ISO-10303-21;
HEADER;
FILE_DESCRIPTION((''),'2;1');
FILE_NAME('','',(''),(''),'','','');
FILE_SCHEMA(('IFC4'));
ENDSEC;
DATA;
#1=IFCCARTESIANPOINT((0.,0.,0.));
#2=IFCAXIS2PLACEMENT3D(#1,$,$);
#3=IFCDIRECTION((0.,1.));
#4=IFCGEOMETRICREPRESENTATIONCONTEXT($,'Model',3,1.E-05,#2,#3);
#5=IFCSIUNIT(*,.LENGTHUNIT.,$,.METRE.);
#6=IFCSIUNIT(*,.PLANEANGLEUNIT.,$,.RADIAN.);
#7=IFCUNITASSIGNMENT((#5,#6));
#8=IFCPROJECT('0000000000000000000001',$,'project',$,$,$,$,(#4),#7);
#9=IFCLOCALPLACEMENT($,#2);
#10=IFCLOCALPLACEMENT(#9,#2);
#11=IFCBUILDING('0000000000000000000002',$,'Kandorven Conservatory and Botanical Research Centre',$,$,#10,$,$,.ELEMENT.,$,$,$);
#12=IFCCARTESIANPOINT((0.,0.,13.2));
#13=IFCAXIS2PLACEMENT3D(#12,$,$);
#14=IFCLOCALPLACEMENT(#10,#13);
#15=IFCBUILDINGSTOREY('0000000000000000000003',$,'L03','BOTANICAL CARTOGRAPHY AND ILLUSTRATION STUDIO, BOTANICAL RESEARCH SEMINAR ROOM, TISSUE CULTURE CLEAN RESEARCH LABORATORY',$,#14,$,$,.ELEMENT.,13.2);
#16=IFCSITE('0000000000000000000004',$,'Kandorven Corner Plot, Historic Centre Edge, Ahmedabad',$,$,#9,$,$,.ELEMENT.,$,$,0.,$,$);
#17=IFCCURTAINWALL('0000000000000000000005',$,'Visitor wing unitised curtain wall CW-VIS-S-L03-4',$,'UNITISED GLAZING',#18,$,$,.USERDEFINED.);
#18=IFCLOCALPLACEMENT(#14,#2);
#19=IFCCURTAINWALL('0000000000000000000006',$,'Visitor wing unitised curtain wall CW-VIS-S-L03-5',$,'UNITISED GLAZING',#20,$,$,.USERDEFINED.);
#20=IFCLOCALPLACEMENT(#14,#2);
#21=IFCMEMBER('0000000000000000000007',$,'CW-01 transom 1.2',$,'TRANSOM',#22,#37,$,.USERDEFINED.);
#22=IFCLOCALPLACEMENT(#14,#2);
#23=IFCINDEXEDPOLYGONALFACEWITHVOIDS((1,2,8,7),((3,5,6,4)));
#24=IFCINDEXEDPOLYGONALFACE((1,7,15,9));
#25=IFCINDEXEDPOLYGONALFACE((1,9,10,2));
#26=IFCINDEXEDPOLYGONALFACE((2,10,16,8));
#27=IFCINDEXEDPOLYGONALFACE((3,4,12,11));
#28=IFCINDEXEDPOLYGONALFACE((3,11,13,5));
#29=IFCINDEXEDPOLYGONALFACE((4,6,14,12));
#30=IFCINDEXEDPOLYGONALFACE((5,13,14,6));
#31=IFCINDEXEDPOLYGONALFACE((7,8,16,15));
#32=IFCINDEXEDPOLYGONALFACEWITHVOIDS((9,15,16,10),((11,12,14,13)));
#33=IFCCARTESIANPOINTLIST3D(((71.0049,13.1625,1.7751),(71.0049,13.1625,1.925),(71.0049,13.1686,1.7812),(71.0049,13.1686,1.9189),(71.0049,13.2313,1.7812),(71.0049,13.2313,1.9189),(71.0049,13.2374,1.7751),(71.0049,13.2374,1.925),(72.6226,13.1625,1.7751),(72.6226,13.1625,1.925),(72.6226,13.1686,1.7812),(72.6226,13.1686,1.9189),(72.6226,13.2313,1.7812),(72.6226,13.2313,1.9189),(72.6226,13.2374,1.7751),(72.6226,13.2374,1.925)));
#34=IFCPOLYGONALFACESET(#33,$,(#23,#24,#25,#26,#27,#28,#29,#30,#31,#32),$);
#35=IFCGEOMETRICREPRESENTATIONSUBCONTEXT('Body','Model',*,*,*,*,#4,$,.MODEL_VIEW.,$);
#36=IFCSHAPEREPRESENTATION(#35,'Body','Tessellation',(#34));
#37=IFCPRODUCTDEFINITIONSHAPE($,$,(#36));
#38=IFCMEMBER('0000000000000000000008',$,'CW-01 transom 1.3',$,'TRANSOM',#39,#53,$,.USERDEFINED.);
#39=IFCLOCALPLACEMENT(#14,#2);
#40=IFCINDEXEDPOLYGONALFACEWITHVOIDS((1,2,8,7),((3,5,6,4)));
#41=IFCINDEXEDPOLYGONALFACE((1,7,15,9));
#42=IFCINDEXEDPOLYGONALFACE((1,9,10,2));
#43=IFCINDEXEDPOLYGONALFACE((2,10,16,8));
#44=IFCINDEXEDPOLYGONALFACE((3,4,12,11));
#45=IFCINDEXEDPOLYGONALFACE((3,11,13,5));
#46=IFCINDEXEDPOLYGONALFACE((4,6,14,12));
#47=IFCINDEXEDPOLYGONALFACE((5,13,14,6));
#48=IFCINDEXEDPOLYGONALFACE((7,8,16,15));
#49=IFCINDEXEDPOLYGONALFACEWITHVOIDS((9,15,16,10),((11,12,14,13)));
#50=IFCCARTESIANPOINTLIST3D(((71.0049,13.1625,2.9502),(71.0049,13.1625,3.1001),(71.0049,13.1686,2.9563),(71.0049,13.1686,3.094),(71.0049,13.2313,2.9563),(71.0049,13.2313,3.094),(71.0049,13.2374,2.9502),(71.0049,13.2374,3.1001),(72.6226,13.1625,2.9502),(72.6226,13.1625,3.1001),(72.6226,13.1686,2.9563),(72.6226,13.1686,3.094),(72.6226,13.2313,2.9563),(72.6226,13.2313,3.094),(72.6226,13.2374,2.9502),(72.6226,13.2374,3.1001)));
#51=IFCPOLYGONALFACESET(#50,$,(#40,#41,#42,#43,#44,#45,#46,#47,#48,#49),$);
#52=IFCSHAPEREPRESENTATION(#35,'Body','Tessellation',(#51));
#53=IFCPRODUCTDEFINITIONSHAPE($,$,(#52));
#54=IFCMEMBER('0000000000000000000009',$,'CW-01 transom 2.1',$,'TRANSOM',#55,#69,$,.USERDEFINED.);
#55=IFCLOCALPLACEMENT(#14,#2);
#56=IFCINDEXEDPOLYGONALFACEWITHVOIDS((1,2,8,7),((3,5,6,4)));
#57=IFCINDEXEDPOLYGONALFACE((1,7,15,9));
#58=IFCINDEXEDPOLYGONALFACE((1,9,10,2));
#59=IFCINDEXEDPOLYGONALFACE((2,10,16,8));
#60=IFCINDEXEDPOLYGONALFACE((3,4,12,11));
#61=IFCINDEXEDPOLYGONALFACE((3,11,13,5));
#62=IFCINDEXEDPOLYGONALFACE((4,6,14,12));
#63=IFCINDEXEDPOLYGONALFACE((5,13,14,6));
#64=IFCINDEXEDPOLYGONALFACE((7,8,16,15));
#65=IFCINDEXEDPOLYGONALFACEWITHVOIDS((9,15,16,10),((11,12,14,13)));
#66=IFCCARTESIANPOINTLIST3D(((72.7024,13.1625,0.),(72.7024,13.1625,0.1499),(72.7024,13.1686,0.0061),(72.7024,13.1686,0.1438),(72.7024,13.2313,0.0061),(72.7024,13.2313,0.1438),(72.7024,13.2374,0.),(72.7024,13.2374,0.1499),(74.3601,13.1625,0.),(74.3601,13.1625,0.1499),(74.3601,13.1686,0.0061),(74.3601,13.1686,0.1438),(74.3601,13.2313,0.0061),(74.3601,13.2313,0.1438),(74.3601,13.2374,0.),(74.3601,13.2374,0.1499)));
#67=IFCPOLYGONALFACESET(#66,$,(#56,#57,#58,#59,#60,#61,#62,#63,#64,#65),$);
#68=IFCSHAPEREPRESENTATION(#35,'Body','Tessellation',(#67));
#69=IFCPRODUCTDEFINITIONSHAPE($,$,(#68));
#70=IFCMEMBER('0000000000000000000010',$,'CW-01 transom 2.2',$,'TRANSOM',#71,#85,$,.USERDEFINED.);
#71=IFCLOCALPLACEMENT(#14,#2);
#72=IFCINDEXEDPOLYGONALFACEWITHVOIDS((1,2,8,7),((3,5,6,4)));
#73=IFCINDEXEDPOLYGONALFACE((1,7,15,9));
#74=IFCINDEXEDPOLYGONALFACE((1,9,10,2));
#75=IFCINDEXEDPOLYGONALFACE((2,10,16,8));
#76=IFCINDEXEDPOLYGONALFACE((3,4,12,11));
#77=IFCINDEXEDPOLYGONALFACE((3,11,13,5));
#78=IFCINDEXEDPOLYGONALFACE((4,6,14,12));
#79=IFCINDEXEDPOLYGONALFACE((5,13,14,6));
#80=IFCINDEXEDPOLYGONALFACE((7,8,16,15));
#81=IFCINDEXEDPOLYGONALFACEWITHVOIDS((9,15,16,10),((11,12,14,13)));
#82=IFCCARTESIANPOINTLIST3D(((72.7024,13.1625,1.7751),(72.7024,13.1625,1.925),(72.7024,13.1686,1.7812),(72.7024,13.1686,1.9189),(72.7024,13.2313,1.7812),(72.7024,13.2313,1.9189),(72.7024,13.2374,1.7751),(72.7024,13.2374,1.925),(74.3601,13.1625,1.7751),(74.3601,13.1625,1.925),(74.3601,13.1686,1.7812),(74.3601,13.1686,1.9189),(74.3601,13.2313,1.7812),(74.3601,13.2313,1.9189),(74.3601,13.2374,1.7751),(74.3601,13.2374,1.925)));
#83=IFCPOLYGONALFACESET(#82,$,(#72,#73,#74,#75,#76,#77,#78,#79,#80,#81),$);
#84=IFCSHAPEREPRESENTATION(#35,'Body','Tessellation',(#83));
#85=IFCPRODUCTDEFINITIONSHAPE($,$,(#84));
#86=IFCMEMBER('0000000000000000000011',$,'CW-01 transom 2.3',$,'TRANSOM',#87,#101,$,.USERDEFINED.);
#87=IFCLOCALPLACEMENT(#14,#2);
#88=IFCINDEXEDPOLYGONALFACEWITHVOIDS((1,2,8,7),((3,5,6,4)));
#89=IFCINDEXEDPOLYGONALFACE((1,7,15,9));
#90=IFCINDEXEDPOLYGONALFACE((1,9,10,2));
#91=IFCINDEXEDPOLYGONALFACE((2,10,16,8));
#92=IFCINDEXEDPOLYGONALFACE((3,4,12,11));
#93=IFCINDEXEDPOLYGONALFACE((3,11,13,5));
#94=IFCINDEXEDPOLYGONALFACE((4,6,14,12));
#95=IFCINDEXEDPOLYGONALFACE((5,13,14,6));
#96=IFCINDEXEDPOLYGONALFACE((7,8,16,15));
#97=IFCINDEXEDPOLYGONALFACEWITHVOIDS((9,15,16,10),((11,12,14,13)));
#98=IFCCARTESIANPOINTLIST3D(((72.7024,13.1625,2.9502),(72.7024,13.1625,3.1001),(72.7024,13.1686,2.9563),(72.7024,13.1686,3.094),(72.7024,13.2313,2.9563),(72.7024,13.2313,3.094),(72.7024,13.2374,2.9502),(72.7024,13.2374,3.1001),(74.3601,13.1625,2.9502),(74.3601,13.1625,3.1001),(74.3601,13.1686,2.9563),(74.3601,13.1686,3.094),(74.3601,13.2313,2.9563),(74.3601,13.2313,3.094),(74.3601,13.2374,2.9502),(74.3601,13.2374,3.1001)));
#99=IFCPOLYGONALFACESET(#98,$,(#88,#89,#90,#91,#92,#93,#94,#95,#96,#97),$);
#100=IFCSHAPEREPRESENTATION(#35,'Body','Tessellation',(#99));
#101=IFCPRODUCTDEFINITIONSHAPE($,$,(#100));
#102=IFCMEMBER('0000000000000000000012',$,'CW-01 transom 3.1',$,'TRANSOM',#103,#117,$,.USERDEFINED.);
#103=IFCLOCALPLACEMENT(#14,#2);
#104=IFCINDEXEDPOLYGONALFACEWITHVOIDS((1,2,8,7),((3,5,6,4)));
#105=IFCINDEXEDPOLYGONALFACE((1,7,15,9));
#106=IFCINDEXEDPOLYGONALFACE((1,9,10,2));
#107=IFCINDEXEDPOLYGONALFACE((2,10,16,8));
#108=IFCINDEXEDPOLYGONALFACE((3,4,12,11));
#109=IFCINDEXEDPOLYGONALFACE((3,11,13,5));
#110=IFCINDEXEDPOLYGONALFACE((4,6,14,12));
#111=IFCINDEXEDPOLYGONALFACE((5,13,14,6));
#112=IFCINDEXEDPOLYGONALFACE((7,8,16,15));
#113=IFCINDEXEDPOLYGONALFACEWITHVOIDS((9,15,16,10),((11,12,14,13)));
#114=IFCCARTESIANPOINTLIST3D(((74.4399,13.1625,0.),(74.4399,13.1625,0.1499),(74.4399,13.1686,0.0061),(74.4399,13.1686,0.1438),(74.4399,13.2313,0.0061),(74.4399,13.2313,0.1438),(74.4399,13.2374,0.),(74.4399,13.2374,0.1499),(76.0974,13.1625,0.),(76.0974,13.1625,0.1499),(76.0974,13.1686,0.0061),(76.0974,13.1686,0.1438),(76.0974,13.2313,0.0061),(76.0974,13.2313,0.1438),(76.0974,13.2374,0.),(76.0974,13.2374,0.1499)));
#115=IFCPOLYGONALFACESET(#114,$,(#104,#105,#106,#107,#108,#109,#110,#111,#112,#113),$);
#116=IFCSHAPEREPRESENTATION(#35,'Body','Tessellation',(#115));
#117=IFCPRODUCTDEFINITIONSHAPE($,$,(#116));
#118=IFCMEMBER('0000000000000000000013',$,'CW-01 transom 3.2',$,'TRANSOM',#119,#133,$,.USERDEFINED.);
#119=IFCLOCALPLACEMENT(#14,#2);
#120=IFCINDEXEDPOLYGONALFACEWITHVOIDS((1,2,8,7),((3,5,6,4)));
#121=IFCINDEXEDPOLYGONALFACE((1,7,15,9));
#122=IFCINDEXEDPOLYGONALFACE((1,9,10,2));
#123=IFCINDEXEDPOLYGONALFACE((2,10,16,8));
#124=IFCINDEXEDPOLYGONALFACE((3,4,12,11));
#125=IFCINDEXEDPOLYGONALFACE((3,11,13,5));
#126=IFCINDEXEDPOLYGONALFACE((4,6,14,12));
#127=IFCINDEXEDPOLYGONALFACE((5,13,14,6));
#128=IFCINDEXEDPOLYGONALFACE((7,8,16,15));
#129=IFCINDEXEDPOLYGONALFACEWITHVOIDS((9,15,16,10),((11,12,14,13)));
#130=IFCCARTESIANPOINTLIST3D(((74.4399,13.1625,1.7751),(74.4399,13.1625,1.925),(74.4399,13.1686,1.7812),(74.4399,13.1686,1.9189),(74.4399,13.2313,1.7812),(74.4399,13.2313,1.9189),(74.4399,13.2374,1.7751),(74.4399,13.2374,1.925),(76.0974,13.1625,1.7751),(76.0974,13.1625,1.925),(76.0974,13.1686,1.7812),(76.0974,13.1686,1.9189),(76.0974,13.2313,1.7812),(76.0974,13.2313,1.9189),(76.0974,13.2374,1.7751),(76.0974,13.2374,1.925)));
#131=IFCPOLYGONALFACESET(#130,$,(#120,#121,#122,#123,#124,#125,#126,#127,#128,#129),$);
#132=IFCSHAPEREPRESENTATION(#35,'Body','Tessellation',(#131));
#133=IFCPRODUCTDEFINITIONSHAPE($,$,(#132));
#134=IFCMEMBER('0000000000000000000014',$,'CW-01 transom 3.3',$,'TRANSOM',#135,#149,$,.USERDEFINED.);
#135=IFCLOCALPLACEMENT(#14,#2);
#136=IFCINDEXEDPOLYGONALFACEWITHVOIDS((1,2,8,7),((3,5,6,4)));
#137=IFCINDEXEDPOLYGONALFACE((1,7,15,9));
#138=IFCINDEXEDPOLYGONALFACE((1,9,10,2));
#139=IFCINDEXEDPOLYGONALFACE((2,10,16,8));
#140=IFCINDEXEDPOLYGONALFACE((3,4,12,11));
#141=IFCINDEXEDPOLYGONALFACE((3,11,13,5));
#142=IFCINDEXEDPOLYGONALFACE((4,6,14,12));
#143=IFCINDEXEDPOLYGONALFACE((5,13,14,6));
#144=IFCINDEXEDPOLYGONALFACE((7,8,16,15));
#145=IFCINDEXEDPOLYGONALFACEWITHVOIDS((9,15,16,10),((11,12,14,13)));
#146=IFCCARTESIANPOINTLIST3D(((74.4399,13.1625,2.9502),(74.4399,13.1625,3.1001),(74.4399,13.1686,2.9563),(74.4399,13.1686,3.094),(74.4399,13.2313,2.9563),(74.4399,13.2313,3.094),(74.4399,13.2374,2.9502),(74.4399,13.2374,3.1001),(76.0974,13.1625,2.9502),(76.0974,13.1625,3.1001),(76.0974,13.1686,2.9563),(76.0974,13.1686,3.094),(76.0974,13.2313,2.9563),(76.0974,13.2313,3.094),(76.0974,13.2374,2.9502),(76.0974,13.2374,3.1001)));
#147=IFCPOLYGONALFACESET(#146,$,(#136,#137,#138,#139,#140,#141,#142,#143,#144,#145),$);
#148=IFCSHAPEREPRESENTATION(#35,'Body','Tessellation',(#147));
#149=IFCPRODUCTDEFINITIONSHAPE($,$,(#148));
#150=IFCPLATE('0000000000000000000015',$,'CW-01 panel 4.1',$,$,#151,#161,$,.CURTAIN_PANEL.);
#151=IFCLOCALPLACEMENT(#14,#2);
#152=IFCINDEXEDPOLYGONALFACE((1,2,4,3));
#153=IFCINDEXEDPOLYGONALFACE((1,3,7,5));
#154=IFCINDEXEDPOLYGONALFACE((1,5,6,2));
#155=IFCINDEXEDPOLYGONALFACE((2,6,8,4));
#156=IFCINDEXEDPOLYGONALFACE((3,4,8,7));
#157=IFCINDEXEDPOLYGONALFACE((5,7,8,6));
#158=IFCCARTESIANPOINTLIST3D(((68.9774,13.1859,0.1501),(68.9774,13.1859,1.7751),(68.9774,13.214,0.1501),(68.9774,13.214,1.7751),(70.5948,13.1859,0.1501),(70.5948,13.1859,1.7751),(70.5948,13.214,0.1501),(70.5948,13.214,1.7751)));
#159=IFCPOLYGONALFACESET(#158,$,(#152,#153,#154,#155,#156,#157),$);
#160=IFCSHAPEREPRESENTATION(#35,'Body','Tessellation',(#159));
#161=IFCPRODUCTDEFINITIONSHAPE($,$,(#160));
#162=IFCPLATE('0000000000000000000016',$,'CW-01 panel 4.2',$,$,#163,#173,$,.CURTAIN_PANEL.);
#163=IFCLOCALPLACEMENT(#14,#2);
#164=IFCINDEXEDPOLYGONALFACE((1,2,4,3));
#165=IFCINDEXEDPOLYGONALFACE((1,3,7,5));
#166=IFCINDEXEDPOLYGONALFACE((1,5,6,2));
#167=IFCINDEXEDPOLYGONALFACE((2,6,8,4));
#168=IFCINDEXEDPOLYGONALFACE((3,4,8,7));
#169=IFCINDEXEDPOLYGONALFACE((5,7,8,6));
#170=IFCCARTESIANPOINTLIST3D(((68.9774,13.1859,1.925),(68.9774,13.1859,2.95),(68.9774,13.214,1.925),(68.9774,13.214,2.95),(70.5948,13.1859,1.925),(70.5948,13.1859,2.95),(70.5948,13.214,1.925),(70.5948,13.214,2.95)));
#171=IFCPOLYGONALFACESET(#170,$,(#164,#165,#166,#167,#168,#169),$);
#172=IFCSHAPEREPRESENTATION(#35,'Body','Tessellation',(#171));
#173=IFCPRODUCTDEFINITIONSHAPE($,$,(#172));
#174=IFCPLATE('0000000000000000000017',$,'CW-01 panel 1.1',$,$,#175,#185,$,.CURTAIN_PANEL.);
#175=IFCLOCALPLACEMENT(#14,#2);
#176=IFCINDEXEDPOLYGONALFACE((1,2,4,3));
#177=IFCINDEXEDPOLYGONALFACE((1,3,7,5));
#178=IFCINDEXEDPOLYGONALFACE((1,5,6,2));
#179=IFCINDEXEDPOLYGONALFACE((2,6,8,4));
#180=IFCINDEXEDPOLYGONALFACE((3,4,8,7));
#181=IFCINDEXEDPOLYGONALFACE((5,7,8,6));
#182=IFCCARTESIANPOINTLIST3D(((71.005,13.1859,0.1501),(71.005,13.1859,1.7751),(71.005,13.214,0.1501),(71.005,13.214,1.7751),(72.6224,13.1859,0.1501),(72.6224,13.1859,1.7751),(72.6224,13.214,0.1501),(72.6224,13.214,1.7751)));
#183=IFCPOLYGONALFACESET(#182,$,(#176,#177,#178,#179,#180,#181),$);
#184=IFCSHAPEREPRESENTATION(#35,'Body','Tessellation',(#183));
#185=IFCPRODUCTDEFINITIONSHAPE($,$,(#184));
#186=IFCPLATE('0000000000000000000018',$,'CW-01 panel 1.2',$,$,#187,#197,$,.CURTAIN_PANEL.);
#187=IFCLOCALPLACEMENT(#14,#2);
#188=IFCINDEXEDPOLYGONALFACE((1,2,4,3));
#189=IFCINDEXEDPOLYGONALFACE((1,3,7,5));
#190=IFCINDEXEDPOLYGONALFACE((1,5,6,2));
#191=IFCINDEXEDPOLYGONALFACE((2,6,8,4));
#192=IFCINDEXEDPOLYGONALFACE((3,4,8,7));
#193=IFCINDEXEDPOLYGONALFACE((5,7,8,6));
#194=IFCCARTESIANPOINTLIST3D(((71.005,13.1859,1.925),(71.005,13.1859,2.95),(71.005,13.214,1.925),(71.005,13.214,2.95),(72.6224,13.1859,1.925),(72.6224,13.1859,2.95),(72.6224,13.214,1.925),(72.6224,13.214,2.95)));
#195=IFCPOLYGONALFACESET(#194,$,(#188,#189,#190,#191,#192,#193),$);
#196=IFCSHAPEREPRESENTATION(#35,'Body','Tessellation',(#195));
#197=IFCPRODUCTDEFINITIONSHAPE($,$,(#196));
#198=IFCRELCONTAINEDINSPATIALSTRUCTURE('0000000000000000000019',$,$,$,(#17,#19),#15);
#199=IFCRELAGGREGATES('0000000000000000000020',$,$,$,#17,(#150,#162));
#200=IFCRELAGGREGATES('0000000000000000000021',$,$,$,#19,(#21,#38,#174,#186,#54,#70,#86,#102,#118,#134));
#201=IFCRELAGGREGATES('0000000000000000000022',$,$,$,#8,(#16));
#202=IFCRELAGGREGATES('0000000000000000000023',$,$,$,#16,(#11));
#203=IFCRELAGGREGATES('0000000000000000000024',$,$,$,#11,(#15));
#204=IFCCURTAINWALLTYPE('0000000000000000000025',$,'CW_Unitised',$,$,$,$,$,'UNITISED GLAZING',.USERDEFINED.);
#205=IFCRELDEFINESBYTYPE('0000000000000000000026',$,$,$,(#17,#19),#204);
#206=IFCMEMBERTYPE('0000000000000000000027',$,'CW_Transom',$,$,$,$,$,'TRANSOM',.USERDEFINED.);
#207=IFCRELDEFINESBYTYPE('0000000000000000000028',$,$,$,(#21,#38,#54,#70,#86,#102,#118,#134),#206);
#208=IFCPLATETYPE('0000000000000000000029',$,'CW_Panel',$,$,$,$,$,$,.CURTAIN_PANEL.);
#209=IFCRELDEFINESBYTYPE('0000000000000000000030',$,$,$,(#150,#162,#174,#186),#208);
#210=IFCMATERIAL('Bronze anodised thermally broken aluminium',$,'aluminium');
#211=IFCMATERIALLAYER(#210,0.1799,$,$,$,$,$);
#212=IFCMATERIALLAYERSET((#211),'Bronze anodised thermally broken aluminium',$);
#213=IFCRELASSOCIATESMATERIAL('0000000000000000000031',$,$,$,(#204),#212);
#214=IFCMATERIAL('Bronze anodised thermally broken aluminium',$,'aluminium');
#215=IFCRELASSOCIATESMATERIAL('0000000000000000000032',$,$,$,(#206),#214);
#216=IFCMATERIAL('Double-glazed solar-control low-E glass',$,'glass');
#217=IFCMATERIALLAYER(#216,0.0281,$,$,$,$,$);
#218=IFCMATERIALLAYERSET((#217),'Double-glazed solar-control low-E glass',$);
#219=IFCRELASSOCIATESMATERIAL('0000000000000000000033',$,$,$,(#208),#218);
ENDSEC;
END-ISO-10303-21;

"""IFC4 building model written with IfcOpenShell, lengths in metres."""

from ifc_helpers import new_model, si_unit, direction, frame, origin, origin_2d, place, context, subcontext, project, spatial, rectangle, hollow_rectangle, extrude, material, layer, layer_set, material_profile, profile_set, type_object, element, aggregate, save


model = new_model("IFC4")

# Units and contexts
model_context = context("Model", 3, precision=1e-05, world=origin(), true_north=direction((0.0, 1.0)))
body_context = subcontext(model_context, "Body", "Model", "MODEL_VIEW")
ifc_project = project(units=[si_unit("LENGTHUNIT", "METRE"), si_unit("PLANEANGLEUNIT", "RADIAN")], contexts=[model_context])

# Site, building, storey
site_placement = place(None, origin())
site = spatial("IfcSite", under=ifc_project, at=site_placement, Name="Kandorven Corner Plot, Historic Centre Edge, Ahmedabad", CompositionType="ELEMENT", RefElevation=0.0)
building_placement = place(site_placement, origin())
building = spatial("IfcBuilding", under=site, at=building_placement, Name="Kandorven Conservatory and Botanical Research Centre", CompositionType="ELEMENT")
storey_placement = place(building_placement, frame((0.0, 0.0, 13.2)))
storey = spatial("IfcBuildingStorey", under=building, at=storey_placement, Name="L03", Description="BOTANICAL CARTOGRAPHY AND ILLUSTRATION STUDIO, BOTANICAL RESEARCH SEMINAR ROOM, TISSUE CULTURE CLEAN RESEARCH LABORATORY", CompositionType="ELEMENT", Elevation=13.2)

# Curtain walls
ifc_material_1 = material(Name="Bronze anodised thermally broken aluminium", Category="aluminium")
ifc_layer_1 = layer(ifc_material_1, 0.1799)
ifc_layer_set_1 = layer_set([ifc_layer_1], Name="Bronze anodised thermally broken aluminium")
curtain_wall_type = type_object("IfcCurtainWallType", Name="CW_Unitised", ElementType="UNITISED GLAZING", PredefinedType="USERDEFINED", material=ifc_layer_set_1)
curtain_wall_1_placement = place(storey_placement, origin())
curtain_wall_1 = element("IfcCurtainWall", 1, at=curtain_wall_1_placement, inside=storey, type_object=curtain_wall_type, Name="Visitor wing unitised curtain wall CW-VIS-S-L03-4", ObjectType="UNITISED GLAZING", PredefinedType="USERDEFINED")
curtain_wall_2_placement = place(storey_placement, origin())
curtain_wall_2 = element("IfcCurtainWall", 2, at=curtain_wall_2_placement, inside=storey, type_object=curtain_wall_type, Name="Visitor wing unitised curtain wall CW-VIS-S-L03-5", ObjectType="UNITISED GLAZING", PredefinedType="USERDEFINED")

# Members
ifc_material_2 = material(Name="Bronze anodised thermally broken aluminium", Category="aluminium")
ifc_material_profile_1 = material_profile(ifc_material_2, hollow_rectangle(XDim=0.075, YDim=0.1499, WallThickness=0.0061, at=origin_2d()))
ifc_profile_set_1 = profile_set([ifc_material_profile_1], Name="Bronze anodised thermally broken aluminium")
member_type_1 = type_object("IfcMemberType", Name="CW_Transom", ElementType="TRANSOM", PredefinedType="USERDEFINED", material=ifc_profile_set_1)
member_1_placement = place(storey_placement, frame((71.0049, 13.2, 1.8501), z_axis=(1.0, 0.0, 0.0), x_axis=(0.0, 1.0, 0.0)))
member_1 = element("IfcMember", 3, at=member_1_placement, type_object=member_type_1, Name="CW-01 transom 1.2", ObjectType="TRANSOM", PredefinedType="USERDEFINED", context=body_context, shape_type="SweptSolid", body=[
    extrude(hollow_rectangle(XDim=0.075, YDim=0.1499, WallThickness=0.0061, at=origin_2d()), origin(), (0.0, 0.0, 1.0), 1.6177),
])
member_2_placement = place(storey_placement, frame((71.0049, 13.2, 3.0251), z_axis=(1.0, 0.0, 0.0), x_axis=(0.0, 1.0, 0.0)))
member_2 = element("IfcMember", 4, at=member_2_placement, type_object=member_type_1, Name="CW-01 transom 1.3", ObjectType="TRANSOM", PredefinedType="USERDEFINED", context=body_context, shape_type="SweptSolid", body=[
    extrude(hollow_rectangle(XDim=0.075, YDim=0.1499, WallThickness=0.0061, at=origin_2d()), origin(), (0.0, 0.0, 1.0), 1.6177),
])
member_3_placement = place(storey_placement, frame((72.7024, 13.2, 0.075), z_axis=(1.0, 0.0, 0.0), x_axis=(0.0, 1.0, 0.0)))
member_3 = element("IfcMember", 5, at=member_3_placement, type_object=member_type_1, Name="CW-01 transom 2.1", ObjectType="TRANSOM", PredefinedType="USERDEFINED", context=body_context, shape_type="SweptSolid", body=[
    extrude(hollow_rectangle(XDim=0.075, YDim=0.1499, WallThickness=0.0061, at=origin_2d()), origin(), (0.0, 0.0, 1.0), 1.6577),
])
member_4_placement = place(storey_placement, frame((72.7024, 13.2, 1.8501), z_axis=(1.0, 0.0, 0.0), x_axis=(0.0, 1.0, 0.0)))
member_4 = element("IfcMember", 6, at=member_4_placement, type_object=member_type_1, Name="CW-01 transom 2.2", ObjectType="TRANSOM", PredefinedType="USERDEFINED", context=body_context, shape_type="SweptSolid", body=[
    extrude(hollow_rectangle(XDim=0.075, YDim=0.1499, WallThickness=0.0061, at=origin_2d()), origin(), (0.0, 0.0, 1.0), 1.6577),
])
member_5_placement = place(storey_placement, frame((72.7024, 13.2, 3.0251), z_axis=(1.0, 0.0, 0.0), x_axis=(0.0, 1.0, 0.0)))
member_5 = element("IfcMember", 7, at=member_5_placement, type_object=member_type_1, Name="CW-01 transom 2.3", ObjectType="TRANSOM", PredefinedType="USERDEFINED", context=body_context, shape_type="SweptSolid", body=[
    extrude(hollow_rectangle(XDim=0.075, YDim=0.1499, WallThickness=0.0061, at=origin_2d()), origin(), (0.0, 0.0, 1.0), 1.6577),
])
member_6_placement = place(storey_placement, frame((74.4399, 13.2, 0.075), z_axis=(1.0, 0.0, 0.0), x_axis=(0.0, 1.0, 0.0)))
member_6 = element("IfcMember", 8, at=member_6_placement, type_object=member_type_1, Name="CW-01 transom 3.1", ObjectType="TRANSOM", PredefinedType="USERDEFINED", context=body_context, shape_type="SweptSolid", body=[
    extrude(hollow_rectangle(XDim=0.075, YDim=0.1499, WallThickness=0.0061, at=origin_2d()), origin(), (0.0, 0.0, 1.0), 1.6575),
])
member_7_placement = place(storey_placement, frame((74.4399, 13.2, 1.8501), z_axis=(1.0, 0.0, 0.0), x_axis=(0.0, 1.0, 0.0)))
member_7 = element("IfcMember", 9, at=member_7_placement, type_object=member_type_1, Name="CW-01 transom 3.2", ObjectType="TRANSOM", PredefinedType="USERDEFINED", context=body_context, shape_type="SweptSolid", body=[
    extrude(hollow_rectangle(XDim=0.075, YDim=0.1499, WallThickness=0.0061, at=origin_2d()), origin(), (0.0, 0.0, 1.0), 1.6575),
])
member_8_placement = place(storey_placement, frame((74.4399, 13.2, 3.0251), z_axis=(1.0, 0.0, 0.0), x_axis=(0.0, 1.0, 0.0)))
member_8 = element("IfcMember", 10, at=member_8_placement, type_object=member_type_1, Name="CW-01 transom 3.3", ObjectType="TRANSOM", PredefinedType="USERDEFINED", context=body_context, shape_type="SweptSolid", body=[
    extrude(hollow_rectangle(XDim=0.075, YDim=0.1499, WallThickness=0.0061, at=origin_2d()), origin(), (0.0, 0.0, 1.0), 1.6575),
])

# Plates
ifc_material_3 = material(Name="Double-glazed solar-control low-E glass", Category="glass")
ifc_layer_2 = layer(ifc_material_3, 0.0281)
ifc_layer_set_2 = layer_set([ifc_layer_2], Name="Double-glazed solar-control low-E glass")
plate_type_1 = type_object("IfcPlateType", Name="CW_Panel", PredefinedType="CURTAIN_PANEL", material=ifc_layer_set_2)
plate_1_placement = place(storey_placement, frame((69.7861, 13.2, 0.1501), z_axis=(0.0, 0.0, 1.0), x_axis=(1.0, 0.0, 0.0)))
plate_1 = element("IfcPlate", 11, at=plate_1_placement, type_object=plate_type_1, Name="CW-01 panel 4.1", PredefinedType="CURTAIN_PANEL", context=body_context, shape_type="SweptSolid", body=[
    extrude(rectangle(XDim=1.6174, YDim=0.0281, at=origin_2d()), origin(), (0.0, 0.0, 1.0), 1.625),
])
plate_2_placement = place(storey_placement, frame((69.7861, 13.2, 1.925), z_axis=(0.0, 0.0, 1.0), x_axis=(1.0, 0.0, 0.0)))
plate_2 = element("IfcPlate", 12, at=plate_2_placement, type_object=plate_type_1, Name="CW-01 panel 4.2", PredefinedType="CURTAIN_PANEL", context=body_context, shape_type="SweptSolid", body=[
    extrude(rectangle(XDim=1.6174, YDim=0.0281, at=origin_2d()), origin(), (0.0, 0.0, 1.0), 1.0249),
])
aggregate(curtain_wall_1, [plate_1, plate_2])
plate_3_placement = place(storey_placement, frame((71.8137, 13.2, 0.1501), z_axis=(0.0, 0.0, 1.0), x_axis=(1.0, 0.0, 0.0)))
plate_3 = element("IfcPlate", 13, at=plate_3_placement, type_object=plate_type_1, Name="CW-01 panel 1.1", PredefinedType="CURTAIN_PANEL", context=body_context, shape_type="SweptSolid", body=[
    extrude(rectangle(XDim=1.6174, YDim=0.0281, at=origin_2d()), origin(), (0.0, 0.0, 1.0), 1.625),
])
plate_4_placement = place(storey_placement, frame((71.8137, 13.2, 1.925), z_axis=(0.0, 0.0, 1.0), x_axis=(1.0, 0.0, 0.0)))
plate_4 = element("IfcPlate", 14, at=plate_4_placement, type_object=plate_type_1, Name="CW-01 panel 1.2", PredefinedType="CURTAIN_PANEL", context=body_context, shape_type="SweptSolid", body=[
    extrude(rectangle(XDim=1.6174, YDim=0.0281, at=origin_2d()), origin(), (0.0, 0.0, 1.0), 1.0249),
])
aggregate(curtain_wall_2, [member_1, member_2, plate_3, plate_4, member_3, member_4, member_5, member_6, member_7, member_8])

save(model, "model.ifc")
